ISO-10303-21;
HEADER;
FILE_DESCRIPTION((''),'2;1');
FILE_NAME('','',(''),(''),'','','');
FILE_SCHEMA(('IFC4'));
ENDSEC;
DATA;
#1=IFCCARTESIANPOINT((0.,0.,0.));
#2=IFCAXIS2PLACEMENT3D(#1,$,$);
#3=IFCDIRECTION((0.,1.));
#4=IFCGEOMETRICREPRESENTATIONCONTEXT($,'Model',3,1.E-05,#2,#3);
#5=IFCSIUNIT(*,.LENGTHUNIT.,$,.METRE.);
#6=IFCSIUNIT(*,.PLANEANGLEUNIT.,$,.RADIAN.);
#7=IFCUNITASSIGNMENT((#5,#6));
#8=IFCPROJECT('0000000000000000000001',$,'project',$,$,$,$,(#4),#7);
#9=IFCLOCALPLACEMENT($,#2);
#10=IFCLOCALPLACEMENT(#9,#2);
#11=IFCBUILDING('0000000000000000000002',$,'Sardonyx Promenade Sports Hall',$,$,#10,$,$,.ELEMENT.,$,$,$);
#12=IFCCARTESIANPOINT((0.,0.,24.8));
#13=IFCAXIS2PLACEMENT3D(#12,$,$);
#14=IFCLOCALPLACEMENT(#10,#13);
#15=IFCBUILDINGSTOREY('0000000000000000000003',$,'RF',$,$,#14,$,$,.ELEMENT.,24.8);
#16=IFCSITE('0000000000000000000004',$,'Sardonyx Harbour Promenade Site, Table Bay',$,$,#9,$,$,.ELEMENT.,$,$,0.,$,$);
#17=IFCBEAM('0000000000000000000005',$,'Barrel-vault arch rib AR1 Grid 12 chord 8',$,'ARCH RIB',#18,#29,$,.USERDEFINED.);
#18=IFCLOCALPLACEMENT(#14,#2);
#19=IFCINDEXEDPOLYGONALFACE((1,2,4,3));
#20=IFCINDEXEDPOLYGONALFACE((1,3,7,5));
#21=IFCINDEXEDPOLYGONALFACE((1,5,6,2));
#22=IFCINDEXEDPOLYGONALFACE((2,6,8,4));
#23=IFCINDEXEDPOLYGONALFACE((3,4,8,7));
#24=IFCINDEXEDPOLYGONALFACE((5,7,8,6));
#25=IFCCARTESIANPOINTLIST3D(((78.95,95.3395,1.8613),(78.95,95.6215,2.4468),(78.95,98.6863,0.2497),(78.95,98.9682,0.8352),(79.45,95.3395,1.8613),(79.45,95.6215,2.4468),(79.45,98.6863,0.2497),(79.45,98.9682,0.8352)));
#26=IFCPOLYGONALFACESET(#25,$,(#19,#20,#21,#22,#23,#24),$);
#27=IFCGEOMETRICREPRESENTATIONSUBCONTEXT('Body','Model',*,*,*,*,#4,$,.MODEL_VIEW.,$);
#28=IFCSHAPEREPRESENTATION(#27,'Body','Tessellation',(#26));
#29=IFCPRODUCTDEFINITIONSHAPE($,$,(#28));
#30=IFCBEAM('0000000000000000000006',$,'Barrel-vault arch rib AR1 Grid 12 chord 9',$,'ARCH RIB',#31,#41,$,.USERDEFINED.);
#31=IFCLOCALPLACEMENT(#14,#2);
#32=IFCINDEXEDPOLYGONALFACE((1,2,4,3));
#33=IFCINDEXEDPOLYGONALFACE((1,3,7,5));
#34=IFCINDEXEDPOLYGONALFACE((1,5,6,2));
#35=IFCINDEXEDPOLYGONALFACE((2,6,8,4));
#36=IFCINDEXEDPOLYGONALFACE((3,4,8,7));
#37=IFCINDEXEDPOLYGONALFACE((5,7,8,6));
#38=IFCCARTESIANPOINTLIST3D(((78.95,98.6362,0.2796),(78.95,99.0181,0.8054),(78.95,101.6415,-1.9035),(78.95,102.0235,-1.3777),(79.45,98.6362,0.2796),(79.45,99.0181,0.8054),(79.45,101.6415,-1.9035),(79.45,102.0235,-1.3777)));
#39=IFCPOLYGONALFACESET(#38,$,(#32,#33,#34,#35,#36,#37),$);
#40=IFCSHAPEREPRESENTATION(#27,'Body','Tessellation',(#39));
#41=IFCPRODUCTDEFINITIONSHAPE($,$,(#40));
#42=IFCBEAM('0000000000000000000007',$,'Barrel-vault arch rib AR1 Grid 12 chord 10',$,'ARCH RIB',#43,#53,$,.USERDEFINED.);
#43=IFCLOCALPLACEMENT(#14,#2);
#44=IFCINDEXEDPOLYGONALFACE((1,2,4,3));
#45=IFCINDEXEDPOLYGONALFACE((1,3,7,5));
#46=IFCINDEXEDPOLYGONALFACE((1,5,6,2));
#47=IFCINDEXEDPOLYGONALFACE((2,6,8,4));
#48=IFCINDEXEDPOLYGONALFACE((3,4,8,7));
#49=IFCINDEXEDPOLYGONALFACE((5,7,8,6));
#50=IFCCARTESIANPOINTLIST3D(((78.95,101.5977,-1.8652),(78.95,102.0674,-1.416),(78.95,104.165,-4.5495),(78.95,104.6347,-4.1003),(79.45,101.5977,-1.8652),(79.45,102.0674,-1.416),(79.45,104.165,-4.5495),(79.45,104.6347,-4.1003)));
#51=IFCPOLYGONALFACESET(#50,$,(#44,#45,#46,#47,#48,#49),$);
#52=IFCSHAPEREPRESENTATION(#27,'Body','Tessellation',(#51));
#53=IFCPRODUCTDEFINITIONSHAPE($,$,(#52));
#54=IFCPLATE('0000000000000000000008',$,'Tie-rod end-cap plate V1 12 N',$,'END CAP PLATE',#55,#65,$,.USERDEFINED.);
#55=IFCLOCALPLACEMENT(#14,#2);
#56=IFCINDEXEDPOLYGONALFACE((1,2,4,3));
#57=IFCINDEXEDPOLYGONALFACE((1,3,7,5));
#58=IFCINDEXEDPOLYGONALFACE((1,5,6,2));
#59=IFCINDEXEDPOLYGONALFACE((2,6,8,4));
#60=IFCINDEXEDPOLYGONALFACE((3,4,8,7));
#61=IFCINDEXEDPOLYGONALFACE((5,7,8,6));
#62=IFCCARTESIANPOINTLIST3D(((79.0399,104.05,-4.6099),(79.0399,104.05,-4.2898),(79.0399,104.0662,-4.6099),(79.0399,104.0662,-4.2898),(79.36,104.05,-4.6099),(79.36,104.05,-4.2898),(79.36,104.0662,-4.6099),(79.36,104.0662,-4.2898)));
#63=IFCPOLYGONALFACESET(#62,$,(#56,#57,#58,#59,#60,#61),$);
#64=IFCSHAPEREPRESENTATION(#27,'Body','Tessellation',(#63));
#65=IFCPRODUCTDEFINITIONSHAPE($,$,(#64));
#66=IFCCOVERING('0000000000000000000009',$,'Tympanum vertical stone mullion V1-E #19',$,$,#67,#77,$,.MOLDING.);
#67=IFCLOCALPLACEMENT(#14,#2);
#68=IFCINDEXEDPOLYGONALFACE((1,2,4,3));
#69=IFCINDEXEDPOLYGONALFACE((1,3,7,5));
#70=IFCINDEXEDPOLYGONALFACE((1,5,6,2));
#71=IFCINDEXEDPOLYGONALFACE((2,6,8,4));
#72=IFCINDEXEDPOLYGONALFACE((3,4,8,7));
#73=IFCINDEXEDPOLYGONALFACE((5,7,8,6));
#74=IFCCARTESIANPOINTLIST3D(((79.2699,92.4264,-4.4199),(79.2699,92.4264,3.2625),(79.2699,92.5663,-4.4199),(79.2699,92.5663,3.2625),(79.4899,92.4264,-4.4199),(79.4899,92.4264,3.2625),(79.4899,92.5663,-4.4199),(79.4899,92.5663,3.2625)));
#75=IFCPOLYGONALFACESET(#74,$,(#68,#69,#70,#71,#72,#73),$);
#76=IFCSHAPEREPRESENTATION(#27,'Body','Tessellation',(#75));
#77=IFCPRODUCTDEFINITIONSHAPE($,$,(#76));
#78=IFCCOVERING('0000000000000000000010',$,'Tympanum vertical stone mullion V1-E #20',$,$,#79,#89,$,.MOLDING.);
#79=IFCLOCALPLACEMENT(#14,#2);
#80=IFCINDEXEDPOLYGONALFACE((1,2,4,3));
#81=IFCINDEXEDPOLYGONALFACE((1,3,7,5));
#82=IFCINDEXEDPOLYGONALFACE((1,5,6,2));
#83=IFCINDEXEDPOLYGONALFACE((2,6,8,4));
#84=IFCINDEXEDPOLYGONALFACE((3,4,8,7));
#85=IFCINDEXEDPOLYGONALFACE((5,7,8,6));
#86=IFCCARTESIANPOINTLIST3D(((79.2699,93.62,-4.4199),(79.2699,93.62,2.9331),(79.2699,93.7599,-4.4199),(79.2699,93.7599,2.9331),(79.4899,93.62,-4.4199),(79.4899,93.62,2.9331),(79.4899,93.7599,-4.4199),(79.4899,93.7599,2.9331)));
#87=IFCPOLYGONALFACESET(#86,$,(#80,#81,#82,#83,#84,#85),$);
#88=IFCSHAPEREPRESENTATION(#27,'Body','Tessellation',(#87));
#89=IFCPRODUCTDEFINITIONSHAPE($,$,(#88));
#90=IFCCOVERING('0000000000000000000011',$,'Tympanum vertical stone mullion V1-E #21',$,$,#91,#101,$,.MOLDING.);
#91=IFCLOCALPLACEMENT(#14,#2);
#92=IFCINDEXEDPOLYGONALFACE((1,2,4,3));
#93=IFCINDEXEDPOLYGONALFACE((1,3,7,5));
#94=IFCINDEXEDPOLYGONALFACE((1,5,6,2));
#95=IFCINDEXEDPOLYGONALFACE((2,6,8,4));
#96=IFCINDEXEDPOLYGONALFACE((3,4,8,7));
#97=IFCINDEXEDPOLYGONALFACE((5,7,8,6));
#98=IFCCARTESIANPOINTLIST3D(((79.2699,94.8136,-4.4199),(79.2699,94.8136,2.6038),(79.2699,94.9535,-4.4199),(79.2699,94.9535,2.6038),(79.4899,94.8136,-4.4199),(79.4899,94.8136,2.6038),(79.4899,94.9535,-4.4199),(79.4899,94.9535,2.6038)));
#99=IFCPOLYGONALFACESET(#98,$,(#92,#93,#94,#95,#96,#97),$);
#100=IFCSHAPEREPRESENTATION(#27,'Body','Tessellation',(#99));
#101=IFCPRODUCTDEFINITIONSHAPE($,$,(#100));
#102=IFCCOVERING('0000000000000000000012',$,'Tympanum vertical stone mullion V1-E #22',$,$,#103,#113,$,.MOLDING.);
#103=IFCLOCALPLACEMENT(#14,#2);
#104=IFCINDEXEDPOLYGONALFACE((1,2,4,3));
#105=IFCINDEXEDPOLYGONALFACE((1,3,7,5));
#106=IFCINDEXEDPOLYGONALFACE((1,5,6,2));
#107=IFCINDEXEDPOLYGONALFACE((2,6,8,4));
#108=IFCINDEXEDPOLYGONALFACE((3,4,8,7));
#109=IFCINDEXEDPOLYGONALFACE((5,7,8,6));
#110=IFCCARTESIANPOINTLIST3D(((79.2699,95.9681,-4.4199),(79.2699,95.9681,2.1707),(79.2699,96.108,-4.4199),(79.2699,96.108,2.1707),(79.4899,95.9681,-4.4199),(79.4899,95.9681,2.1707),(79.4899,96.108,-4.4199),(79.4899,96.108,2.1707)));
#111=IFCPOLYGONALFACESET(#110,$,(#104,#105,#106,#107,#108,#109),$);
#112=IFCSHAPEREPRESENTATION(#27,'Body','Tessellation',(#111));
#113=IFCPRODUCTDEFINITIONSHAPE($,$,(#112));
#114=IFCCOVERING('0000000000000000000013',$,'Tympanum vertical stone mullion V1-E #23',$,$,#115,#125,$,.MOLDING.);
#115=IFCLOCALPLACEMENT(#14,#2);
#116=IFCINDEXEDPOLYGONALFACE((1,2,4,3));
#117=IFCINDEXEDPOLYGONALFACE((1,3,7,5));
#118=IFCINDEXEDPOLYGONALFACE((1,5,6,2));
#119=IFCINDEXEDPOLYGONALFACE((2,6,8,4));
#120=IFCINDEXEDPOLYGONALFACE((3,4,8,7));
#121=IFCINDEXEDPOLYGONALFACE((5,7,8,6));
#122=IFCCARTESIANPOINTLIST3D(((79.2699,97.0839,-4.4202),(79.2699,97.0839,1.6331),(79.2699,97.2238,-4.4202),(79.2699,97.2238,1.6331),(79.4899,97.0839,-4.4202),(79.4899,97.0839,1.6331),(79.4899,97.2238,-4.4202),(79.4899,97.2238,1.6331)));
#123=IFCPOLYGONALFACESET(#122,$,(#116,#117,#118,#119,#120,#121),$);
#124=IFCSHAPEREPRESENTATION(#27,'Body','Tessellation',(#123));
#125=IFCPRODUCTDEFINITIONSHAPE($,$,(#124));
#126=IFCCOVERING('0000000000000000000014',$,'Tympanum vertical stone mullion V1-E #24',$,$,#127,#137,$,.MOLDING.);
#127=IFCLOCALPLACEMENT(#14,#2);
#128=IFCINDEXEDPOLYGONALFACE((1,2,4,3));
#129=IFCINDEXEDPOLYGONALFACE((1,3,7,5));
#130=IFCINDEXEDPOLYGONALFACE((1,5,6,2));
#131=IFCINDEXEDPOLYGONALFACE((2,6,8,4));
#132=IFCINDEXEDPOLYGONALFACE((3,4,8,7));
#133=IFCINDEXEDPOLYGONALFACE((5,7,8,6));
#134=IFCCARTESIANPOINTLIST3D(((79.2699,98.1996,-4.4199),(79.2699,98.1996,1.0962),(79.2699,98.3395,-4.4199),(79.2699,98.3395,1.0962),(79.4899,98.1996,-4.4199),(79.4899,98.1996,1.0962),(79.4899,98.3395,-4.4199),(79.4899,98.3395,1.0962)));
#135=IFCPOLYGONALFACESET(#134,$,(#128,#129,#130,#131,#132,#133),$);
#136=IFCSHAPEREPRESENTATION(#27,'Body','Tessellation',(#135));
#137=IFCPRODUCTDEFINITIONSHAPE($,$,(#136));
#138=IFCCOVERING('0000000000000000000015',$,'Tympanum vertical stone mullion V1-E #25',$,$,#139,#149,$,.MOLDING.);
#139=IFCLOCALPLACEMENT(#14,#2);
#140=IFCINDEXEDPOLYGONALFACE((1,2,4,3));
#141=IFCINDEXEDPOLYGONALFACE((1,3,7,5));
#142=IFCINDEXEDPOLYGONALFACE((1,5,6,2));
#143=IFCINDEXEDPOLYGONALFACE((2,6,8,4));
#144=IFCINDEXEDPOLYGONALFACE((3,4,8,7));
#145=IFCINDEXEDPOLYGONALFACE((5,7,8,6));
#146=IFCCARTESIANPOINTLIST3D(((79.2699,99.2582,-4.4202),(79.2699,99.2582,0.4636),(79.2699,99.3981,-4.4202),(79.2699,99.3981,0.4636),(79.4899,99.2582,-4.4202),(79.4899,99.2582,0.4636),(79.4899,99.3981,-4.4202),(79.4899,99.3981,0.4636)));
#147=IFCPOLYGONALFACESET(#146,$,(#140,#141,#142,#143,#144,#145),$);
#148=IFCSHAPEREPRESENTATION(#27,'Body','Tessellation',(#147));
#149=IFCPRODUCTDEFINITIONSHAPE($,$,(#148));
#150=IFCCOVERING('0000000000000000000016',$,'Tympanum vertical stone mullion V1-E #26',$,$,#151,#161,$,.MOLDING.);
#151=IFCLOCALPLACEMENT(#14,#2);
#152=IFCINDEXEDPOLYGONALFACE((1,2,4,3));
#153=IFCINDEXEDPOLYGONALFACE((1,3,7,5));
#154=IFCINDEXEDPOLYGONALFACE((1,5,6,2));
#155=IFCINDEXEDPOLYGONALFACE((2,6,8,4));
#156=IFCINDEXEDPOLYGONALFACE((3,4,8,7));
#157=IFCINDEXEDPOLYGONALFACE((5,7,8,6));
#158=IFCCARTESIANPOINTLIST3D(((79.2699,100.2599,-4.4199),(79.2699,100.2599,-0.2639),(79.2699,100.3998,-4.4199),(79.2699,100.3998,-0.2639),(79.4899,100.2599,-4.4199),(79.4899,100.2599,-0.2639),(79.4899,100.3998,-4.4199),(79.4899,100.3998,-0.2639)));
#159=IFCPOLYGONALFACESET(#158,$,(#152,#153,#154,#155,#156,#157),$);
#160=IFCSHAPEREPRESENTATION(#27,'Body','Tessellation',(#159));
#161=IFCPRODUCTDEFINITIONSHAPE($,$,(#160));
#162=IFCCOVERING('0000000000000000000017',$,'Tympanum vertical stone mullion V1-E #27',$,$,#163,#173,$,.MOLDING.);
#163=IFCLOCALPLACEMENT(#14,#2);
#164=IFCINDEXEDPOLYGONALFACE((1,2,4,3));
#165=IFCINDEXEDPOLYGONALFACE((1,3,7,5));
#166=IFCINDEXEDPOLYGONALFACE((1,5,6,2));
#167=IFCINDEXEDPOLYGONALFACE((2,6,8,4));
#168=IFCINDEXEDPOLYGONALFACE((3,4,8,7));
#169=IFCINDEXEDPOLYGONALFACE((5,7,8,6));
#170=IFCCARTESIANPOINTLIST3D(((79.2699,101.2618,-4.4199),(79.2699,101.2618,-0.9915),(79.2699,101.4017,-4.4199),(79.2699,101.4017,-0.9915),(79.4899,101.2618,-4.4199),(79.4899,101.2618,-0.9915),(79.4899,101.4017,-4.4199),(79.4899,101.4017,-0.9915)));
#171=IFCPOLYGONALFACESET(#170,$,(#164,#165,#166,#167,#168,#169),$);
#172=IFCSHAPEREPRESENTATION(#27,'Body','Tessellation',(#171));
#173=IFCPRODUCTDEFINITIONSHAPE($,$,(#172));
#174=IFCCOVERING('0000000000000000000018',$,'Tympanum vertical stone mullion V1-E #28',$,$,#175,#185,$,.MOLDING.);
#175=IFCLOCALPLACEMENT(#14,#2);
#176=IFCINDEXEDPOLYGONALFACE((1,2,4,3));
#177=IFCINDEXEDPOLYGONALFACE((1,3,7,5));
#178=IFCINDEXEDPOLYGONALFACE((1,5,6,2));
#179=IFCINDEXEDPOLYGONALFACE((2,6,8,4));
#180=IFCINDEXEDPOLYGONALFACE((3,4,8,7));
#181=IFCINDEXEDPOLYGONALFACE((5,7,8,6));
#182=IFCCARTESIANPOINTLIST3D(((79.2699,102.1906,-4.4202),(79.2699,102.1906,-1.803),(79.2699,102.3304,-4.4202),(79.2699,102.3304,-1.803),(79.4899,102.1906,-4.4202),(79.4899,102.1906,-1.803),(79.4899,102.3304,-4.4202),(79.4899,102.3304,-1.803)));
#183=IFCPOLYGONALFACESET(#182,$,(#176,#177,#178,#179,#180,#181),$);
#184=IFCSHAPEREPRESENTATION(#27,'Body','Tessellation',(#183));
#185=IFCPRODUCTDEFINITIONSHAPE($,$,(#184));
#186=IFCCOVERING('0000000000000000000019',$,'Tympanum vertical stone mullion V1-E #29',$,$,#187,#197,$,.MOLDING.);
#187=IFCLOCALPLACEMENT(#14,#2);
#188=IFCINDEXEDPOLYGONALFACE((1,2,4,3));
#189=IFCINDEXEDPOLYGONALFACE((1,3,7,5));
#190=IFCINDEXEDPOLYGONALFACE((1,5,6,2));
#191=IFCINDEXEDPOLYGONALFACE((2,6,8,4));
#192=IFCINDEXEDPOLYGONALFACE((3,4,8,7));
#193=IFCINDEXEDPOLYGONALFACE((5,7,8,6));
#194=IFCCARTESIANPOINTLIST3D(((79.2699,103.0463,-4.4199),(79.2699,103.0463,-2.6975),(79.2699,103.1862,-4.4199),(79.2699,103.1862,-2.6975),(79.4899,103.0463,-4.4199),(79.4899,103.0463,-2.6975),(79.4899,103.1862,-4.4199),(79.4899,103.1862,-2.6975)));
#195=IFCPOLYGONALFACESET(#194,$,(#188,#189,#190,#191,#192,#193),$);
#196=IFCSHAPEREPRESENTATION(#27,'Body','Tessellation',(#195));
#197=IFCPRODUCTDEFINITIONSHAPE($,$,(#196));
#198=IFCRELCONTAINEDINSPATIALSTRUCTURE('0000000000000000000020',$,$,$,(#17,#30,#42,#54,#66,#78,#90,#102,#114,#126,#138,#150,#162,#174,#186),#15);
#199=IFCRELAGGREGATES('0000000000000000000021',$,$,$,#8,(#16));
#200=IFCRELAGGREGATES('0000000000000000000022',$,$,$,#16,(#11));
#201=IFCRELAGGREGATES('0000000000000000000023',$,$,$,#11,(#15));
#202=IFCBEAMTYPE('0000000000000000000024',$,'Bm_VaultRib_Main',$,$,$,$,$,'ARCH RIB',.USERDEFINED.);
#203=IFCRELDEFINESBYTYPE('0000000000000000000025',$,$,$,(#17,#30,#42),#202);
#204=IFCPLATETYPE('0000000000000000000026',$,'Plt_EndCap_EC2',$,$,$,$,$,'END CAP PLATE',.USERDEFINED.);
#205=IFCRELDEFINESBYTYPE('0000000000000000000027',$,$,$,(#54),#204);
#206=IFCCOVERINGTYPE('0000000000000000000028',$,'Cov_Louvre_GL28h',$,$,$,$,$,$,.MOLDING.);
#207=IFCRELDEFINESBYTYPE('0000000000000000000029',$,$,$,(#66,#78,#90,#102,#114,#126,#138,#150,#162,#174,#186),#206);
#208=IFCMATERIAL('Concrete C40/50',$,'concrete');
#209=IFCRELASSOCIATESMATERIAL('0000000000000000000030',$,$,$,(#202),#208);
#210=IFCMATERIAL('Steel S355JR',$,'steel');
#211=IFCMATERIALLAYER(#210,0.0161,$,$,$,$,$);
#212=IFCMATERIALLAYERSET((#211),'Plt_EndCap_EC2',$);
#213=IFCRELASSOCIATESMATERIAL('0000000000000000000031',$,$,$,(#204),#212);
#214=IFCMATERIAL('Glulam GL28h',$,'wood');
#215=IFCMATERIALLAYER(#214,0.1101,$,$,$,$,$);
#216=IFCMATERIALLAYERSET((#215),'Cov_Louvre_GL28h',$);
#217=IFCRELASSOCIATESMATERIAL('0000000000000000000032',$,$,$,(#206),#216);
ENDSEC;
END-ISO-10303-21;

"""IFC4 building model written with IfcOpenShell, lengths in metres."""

from ifc_helpers import new_model, si_unit, direction, frame, origin, origin_2d, place, context, subcontext, project, spatial, rectangle, extrude, material, layer, layer_set, material_profile, profile_set, type_object, element, save


model = new_model("IFC4")

# Units and contexts
model_context = context("Model", 3, precision=1e-05, world=origin(), true_north=direction((0.0, 1.0)))
body_context = subcontext(model_context, "Body", "Model", "MODEL_VIEW")
ifc_project = project(units=[si_unit("LENGTHUNIT", "METRE"), si_unit("PLANEANGLEUNIT", "RADIAN")], contexts=[model_context])

# Site, building, storey
site_placement = place(None, origin())
site = spatial("IfcSite", under=ifc_project, at=site_placement, Name="Sardonyx Harbour Promenade Site, Table Bay", CompositionType="ELEMENT", RefElevation=0.0)
building_placement = place(site_placement, origin())
building = spatial("IfcBuilding", under=site, at=building_placement, Name="Sardonyx Promenade Sports Hall", CompositionType="ELEMENT")
storey_placement = place(building_placement, frame((0.0, 0.0, 24.8)))
storey = spatial("IfcBuildingStorey", under=building, at=storey_placement, Name="RF", CompositionType="ELEMENT", Elevation=24.8)

# Beams
ifc_material_1 = material(Name="Concrete C40/50", Category="concrete")
ifc_material_profile = material_profile(ifc_material_1, rectangle(XDim=0.5, YDim=0.6499, at=origin_2d()))
ifc_profile_set = profile_set([ifc_material_profile], Name="Concrete C40/50")
beam_type = type_object("IfcBeamType", Name="Bm_VaultRib_Main", ElementType="ARCH RIB", PredefinedType="USERDEFINED", material=ifc_profile_set)
for number, where, z_axis, x_axis, name in (
    (1, (79.2, 95.4805, 2.1541), (0.0, 0.90098, -0.433861), (-1.0, 0.0, 0.0), "Barrel-vault arch rib AR1 Grid 12 chord 8"),
    (2, (79.2, 98.8271, 0.5425), (0.0, 0.809071, -0.58771), (-1.0, 0.0, 0.0), "Barrel-vault arch rib AR1 Grid 12 chord 9"),
):
    element("IfcBeam", number, at=place(storey_placement, frame(where, z_axis=z_axis, x_axis=x_axis)), inside=storey, type_object=beam_type, Name=name, ObjectType="ARCH RIB", PredefinedType="USERDEFINED", context=body_context, shape_type="SweptSolid", body=[
        extrude(rectangle(XDim=0.5, YDim=0.6499, at=origin_2d()), origin(), (0.0, 0.0, 1.0), 3.7146),
    ])
beam_placement = place(storey_placement, frame((79.2, 101.8325, -1.6406), z_axis=(0.0, 0.69119, -0.722673), x_axis=(-1.0, 0.0, 0.0)))
element("IfcBeam", 3, at=beam_placement, inside=storey, type_object=beam_type, Name="Barrel-vault arch rib AR1 Grid 12 chord 10", ObjectType="ARCH RIB", PredefinedType="USERDEFINED", context=body_context, shape_type="SweptSolid", body=[
    extrude(rectangle(XDim=0.5, YDim=0.6499, at=origin_2d()), origin(), (0.0, 0.0, 1.0), 3.7144),
])

# Plate
ifc_material_2 = material(Name="Steel S355JR", Category="steel")
ifc_layer_1 = layer(ifc_material_2, 0.0161)
ifc_layer_set_1 = layer_set([ifc_layer_1], Name="Plt_EndCap_EC2")
plate_type = type_object("IfcPlateType", Name="Plt_EndCap_EC2", ElementType="END CAP PLATE", PredefinedType="USERDEFINED", material=ifc_layer_set_1)
plate_placement = place(storey_placement, frame((79.2, 104.0581, -4.6099), z_axis=(0.0, 0.0, 1.0), x_axis=(1.0, 0.0, 0.0)))
element("IfcPlate", 4, at=plate_placement, inside=storey, type_object=plate_type, Name="Tie-rod end-cap plate V1 12 N", ObjectType="END CAP PLATE", PredefinedType="USERDEFINED", context=body_context, shape_type="SweptSolid", body=[
    extrude(rectangle(XDim=0.3201, YDim=0.0161, at=origin_2d()), origin(), (0.0, 0.0, 1.0), 0.3201),
])

# Coverings
ifc_material_3 = material(Name="Glulam GL28h", Category="wood")
ifc_layer_2 = layer(ifc_material_3, 0.1101)
ifc_layer_set_2 = layer_set([ifc_layer_2], Name="Cov_Louvre_GL28h")
covering_type_1 = type_object("IfcCoveringType", Name="Cov_Louvre_GL28h", PredefinedType="MOLDING", material=ifc_layer_set_2)
covering_1_placement = place(storey_placement, frame((79.3799, 92.4963, -4.4199), z_axis=(0.0, 0.0, 1.0), x_axis=(1.0, 0.0, 0.0)))
element("IfcCovering", 5, at=covering_1_placement, inside=storey, type_object=covering_type_1, Name="Tympanum vertical stone mullion V1-E #19", PredefinedType="MOLDING", context=body_context, shape_type="SweptSolid", body=[
    extrude(rectangle(XDim=0.22, YDim=0.1399, at=origin_2d()), origin(), (0.0, 0.0, 1.0), 7.6824),
])
covering_2_placement = place(storey_placement, frame((79.3799, 93.6899, -4.4199), z_axis=(0.0, 0.0, 1.0), x_axis=(1.0, 0.0, 0.0)))
element("IfcCovering", 6, at=covering_2_placement, inside=storey, type_object=covering_type_1, Name="Tympanum vertical stone mullion V1-E #20", PredefinedType="MOLDING", context=body_context, shape_type="SweptSolid", body=[
    extrude(rectangle(XDim=0.22, YDim=0.1399, at=origin_2d()), origin(), (0.0, 0.0, 1.0), 7.353),
])
covering_3_placement = place(storey_placement, frame((79.3799, 94.8835, -4.4199), z_axis=(0.0, 0.0, 1.0), x_axis=(1.0, 0.0, 0.0)))
element("IfcCovering", 7, at=covering_3_placement, inside=storey, type_object=covering_type_1, Name="Tympanum vertical stone mullion V1-E #21", PredefinedType="MOLDING", context=body_context, shape_type="SweptSolid", body=[
    extrude(rectangle(XDim=0.22, YDim=0.1399, at=origin_2d()), origin(), (0.0, 0.0, 1.0), 7.0237),
])
covering_4_placement = place(storey_placement, frame((79.3799, 96.0381, -4.4199), z_axis=(0.0, 0.0, 1.0), x_axis=(1.0, 0.0, 0.0)))
element("IfcCovering", 8, at=covering_4_placement, inside=storey, type_object=covering_type_1, Name="Tympanum vertical stone mullion V1-E #22", PredefinedType="MOLDING", context=body_context, shape_type="SweptSolid", body=[
    extrude(rectangle(XDim=0.22, YDim=0.1399, at=origin_2d()), origin(), (0.0, 0.0, 1.0), 6.5906),
])
covering_5_placement = place(storey_placement, frame((79.3799, 97.1538, -4.4202), z_axis=(0.0, 0.0, 1.0), x_axis=(1.0, 0.0, 0.0)))
element("IfcCovering", 9, at=covering_5_placement, inside=storey, type_object=covering_type_1, Name="Tympanum vertical stone mullion V1-E #23", PredefinedType="MOLDING", context=body_context, shape_type="SweptSolid", body=[
    extrude(rectangle(XDim=0.22, YDim=0.1399, at=origin_2d()), origin(), (0.0, 0.0, 1.0), 6.0532),
])
covering_6_placement = place(storey_placement, frame((79.3799, 98.2695, -4.4199), z_axis=(0.0, 0.0, 1.0), x_axis=(1.0, 0.0, 0.0)))
element("IfcCovering", 10, at=covering_6_placement, inside=storey, type_object=covering_type_1, Name="Tympanum vertical stone mullion V1-E #24", PredefinedType="MOLDING", context=body_context, shape_type="SweptSolid", body=[
    extrude(rectangle(XDim=0.22, YDim=0.1399, at=origin_2d()), origin(), (0.0, 0.0, 1.0), 5.5161),
])
covering_7_placement = place(storey_placement, frame((79.3799, 99.3281, -4.4202), z_axis=(0.0, 0.0, 1.0), x_axis=(1.0, 0.0, 0.0)))
element("IfcCovering", 11, at=covering_7_placement, inside=storey, type_object=covering_type_1, Name="Tympanum vertical stone mullion V1-E #25", PredefinedType="MOLDING", context=body_context, shape_type="SweptSolid", body=[
    extrude(rectangle(XDim=0.22, YDim=0.1399, at=origin_2d()), origin(), (0.0, 0.0, 1.0), 4.8838),
])
covering_8_placement = place(storey_placement, frame((79.3799, 100.3298, -4.4199), z_axis=(0.0, 0.0, 1.0), x_axis=(1.0, 0.0, 0.0)))
element("IfcCovering", 12, at=covering_8_placement, inside=storey, type_object=covering_type_1, Name="Tympanum vertical stone mullion V1-E #26", PredefinedType="MOLDING", context=body_context, shape_type="SweptSolid", body=[
    extrude(rectangle(XDim=0.22, YDim=0.1399, at=origin_2d()), origin(), (0.0, 0.0, 1.0), 4.156),
])
covering_9_placement = place(storey_placement, frame((79.3799, 101.3318, -4.4199), z_axis=(0.0, 0.0, 1.0), x_axis=(1.0, 0.0, 0.0)))
element("IfcCovering", 13, at=covering_9_placement, inside=storey, type_object=covering_type_1, Name="Tympanum vertical stone mullion V1-E #27", PredefinedType="MOLDING", context=body_context, shape_type="SweptSolid", body=[
    extrude(rectangle(XDim=0.22, YDim=0.1399, at=origin_2d()), origin(), (0.0, 0.0, 1.0), 3.4285),
])
covering_10_placement = place(storey_placement, frame((79.3799, 102.2605, -4.4202), z_axis=(0.0, 0.0, 1.0), x_axis=(1.0, 0.0, 0.0)))
element("IfcCovering", 14, at=covering_10_placement, inside=storey, type_object=covering_type_1, Name="Tympanum vertical stone mullion V1-E #28", PredefinedType="MOLDING", context=body_context, shape_type="SweptSolid", body=[
    extrude(rectangle(XDim=0.22, YDim=0.1399, at=origin_2d()), origin(), (0.0, 0.0, 1.0), 2.6172),
])
covering_11_placement = place(storey_placement, frame((79.3799, 103.1162, -4.4199), z_axis=(0.0, 0.0, 1.0), x_axis=(1.0, 0.0, 0.0)))
element("IfcCovering", 15, at=covering_11_placement, inside=storey, type_object=covering_type_1, Name="Tympanum vertical stone mullion V1-E #29", PredefinedType="MOLDING", context=body_context, shape_type="SweptSolid", body=[
    extrude(rectangle(XDim=0.22, YDim=0.1399, at=origin_2d()), origin(), (0.0, 0.0, 1.0), 1.7224),
])

save(model, "model.ifc")
